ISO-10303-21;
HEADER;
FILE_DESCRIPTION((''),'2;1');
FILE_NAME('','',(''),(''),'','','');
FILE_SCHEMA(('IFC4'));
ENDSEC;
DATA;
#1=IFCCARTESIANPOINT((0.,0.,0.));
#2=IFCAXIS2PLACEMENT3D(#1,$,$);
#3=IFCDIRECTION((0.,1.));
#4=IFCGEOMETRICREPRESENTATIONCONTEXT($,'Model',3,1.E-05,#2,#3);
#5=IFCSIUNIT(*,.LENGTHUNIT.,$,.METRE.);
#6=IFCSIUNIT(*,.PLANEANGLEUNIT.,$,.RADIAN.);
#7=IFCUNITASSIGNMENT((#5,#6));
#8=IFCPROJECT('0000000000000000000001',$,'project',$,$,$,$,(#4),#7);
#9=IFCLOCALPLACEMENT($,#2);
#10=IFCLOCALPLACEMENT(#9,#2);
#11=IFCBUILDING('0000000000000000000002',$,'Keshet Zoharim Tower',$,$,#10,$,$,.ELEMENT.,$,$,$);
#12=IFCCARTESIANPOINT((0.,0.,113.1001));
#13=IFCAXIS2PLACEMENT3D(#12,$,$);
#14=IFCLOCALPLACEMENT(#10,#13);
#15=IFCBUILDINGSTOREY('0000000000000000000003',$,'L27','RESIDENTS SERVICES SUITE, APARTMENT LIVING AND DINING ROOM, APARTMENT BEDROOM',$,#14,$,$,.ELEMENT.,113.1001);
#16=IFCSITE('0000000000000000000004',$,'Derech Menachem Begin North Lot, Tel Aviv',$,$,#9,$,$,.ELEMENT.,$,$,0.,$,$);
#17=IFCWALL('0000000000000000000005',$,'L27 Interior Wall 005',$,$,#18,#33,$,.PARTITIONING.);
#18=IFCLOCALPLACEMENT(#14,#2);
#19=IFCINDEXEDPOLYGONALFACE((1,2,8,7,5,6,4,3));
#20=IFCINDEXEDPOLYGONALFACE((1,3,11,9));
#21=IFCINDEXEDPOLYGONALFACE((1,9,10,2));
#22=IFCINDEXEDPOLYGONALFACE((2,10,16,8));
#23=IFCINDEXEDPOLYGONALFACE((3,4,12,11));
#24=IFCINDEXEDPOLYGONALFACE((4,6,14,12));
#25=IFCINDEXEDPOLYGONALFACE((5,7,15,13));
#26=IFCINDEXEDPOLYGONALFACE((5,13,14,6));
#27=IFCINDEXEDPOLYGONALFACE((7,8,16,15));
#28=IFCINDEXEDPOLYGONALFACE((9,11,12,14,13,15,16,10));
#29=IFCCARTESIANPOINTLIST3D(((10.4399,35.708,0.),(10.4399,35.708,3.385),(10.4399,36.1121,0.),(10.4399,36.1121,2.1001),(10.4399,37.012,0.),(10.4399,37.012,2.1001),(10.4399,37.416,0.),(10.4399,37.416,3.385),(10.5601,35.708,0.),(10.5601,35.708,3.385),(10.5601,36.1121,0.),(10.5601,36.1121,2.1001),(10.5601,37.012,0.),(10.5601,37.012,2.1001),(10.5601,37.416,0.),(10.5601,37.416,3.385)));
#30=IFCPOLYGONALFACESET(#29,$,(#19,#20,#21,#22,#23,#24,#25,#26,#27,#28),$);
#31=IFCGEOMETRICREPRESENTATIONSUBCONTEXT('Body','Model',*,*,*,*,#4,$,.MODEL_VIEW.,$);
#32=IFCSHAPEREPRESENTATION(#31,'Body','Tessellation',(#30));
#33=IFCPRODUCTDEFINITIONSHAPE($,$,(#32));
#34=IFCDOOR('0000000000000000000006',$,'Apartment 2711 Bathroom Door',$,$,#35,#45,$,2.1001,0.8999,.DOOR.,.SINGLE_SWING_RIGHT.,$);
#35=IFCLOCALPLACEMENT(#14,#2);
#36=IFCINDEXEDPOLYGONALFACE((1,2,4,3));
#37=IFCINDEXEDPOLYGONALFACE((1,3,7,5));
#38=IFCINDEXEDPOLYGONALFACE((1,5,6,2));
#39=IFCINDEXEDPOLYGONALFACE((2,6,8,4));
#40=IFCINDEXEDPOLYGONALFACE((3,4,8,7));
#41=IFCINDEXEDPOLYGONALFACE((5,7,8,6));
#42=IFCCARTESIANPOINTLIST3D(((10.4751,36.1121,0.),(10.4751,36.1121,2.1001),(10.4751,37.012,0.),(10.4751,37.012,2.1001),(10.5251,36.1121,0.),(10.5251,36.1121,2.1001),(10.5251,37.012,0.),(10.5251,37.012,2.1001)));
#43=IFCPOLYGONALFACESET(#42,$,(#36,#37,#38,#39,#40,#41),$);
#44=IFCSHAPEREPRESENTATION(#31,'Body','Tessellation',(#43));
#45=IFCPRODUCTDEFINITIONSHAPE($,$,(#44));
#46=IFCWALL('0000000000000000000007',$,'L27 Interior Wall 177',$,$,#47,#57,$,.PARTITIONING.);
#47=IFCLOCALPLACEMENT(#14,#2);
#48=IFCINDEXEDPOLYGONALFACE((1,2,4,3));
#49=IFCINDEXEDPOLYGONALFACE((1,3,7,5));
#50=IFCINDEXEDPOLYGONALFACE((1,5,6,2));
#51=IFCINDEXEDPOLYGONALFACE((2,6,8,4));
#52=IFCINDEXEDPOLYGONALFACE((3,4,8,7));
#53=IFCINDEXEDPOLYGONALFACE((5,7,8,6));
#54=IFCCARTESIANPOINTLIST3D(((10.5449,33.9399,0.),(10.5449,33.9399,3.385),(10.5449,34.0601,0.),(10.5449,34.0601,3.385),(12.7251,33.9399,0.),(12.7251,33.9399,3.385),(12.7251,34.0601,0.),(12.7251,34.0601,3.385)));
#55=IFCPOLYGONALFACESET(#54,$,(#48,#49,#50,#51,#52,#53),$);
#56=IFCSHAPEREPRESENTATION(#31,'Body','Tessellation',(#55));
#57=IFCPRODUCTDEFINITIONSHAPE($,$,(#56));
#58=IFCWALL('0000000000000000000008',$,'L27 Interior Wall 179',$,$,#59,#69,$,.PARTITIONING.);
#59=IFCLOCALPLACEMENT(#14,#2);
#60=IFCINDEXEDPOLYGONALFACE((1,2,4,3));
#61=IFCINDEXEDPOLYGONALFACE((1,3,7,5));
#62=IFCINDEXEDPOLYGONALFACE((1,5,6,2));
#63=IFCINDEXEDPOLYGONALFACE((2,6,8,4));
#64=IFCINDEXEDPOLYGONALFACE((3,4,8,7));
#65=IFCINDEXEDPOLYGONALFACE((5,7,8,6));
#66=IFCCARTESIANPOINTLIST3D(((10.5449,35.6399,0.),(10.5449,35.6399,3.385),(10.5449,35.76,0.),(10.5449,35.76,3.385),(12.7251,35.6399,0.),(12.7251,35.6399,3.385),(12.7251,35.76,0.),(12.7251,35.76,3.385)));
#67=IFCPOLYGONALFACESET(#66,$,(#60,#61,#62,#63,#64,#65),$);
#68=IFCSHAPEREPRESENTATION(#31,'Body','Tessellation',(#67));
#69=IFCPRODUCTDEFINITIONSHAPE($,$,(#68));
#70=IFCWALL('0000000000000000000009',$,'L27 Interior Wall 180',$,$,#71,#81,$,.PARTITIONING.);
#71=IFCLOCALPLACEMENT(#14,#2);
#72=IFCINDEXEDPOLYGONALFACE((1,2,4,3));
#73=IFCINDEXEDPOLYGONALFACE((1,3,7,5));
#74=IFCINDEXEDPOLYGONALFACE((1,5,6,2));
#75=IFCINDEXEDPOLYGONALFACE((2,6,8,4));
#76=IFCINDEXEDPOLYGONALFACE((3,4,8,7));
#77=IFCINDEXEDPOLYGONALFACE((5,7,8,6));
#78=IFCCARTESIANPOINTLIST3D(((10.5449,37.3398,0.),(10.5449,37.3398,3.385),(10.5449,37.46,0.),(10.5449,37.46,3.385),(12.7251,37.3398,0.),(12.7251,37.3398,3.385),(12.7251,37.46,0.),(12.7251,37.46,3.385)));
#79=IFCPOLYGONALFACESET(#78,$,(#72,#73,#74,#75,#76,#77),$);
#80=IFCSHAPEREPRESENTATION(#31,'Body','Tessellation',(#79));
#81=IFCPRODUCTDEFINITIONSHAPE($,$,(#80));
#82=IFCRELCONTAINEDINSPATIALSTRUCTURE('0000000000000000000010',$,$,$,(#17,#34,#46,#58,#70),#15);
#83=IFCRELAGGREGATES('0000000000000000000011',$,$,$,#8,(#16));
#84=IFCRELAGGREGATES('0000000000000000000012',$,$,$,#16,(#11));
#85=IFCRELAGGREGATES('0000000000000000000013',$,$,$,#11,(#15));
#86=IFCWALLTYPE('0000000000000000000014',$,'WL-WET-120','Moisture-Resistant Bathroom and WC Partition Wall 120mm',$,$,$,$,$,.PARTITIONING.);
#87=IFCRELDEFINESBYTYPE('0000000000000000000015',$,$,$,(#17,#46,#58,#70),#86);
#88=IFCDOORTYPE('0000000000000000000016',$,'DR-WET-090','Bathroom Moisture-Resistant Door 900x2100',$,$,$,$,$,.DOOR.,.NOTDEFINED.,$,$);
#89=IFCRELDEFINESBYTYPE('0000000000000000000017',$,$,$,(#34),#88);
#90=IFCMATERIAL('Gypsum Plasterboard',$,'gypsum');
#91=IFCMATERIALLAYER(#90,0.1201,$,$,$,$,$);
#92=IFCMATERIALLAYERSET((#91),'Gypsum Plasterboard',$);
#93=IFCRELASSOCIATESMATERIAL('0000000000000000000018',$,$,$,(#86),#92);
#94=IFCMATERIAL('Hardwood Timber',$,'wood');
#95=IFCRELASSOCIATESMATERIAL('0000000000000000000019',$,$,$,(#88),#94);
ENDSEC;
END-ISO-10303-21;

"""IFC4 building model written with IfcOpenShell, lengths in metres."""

from ifc_helpers import new_model, si_unit, direction, frame, frame_2d, origin, place, context, subcontext, project, spatial, rectangle, extrude, material, layer, layer_set, type_object, element, fill, save


model = new_model("IFC4")

# Units and contexts
model_context = context("Model", 3, precision=1e-05, world=origin(), true_north=direction((0.0, 1.0)))
body_context = subcontext(model_context, "Body", "Model", "MODEL_VIEW")
ifc_project = project(units=[si_unit("LENGTHUNIT", "METRE"), si_unit("PLANEANGLEUNIT", "RADIAN")], contexts=[model_context])

# Site, building, storey
site_placement = place(None, origin())
site = spatial("IfcSite", under=ifc_project, at=site_placement, Name="Derech Menachem Begin North Lot, Tel Aviv", CompositionType="ELEMENT", RefElevation=0.0)
building_placement = place(site_placement, origin())
building = spatial("IfcBuilding", under=site, at=building_placement, Name="Keshet Zoharim Tower", CompositionType="ELEMENT")
storey_placement = place(building_placement, frame((0.0, 0.0, 113.1001)))
storey = spatial("IfcBuildingStorey", under=building, at=storey_placement, Name="L27", Description="RESIDENTS SERVICES SUITE, APARTMENT LIVING AND DINING ROOM, APARTMENT BEDROOM", CompositionType="ELEMENT", Elevation=113.1001)

# Shared definitions
ifc_material_1 = material(Name="Gypsum Plasterboard", Category="gypsum")

# Shared definitions
ifc_material_2 = material(Name="Hardwood Timber", Category="wood")

# Wall, opening, door
ifc_layer_1 = layer(ifc_material_1, 0.1201)
ifc_layer_set_1 = layer_set([ifc_layer_1], Name="Gypsum Plasterboard")
wall_type_1 = type_object("IfcWallType", Name="WL-WET-120", Description="Moisture-Resistant Bathroom and WC Partition Wall 120mm", PredefinedType="PARTITIONING", material=ifc_layer_set_1)
wall_1_placement = place(storey_placement, frame((10.5, 35.708, 0.0), z_axis=(0.0, 0.0, 1.0), x_axis=(0.0, 1.0, 0.0)))
wall_1 = element("IfcWall", 1, at=wall_1_placement, inside=storey, type_object=wall_type_1, Name="L27 Interior Wall 005", PredefinedType="PARTITIONING", context=body_context, shape_type="SweptSolid", body=[
    extrude(rectangle(XDim=1.708, YDim=0.1201, at=frame_2d((0.854, 0.0))), origin(), (0.0, 0.0, 1.0), 3.385),
])
opening_1_placement = place(wall_1_placement, frame((0.4041, 0.0, 0.0)))
opening_1 = element("IfcOpeningElement", 2, at=opening_1_placement, cuts=wall_1, PredefinedType="OPENING", context=body_context, shape_type="SweptSolid", body=[
    extrude(rectangle(XDim=0.8999, YDim=2.1001, at=frame_2d((0.45, 1.05))), frame((0.0, 0.0701, 0.0), z_axis=(0.0, -1.0, 0.0), x_axis=(1.0, 0.0, 0.0)), (0.0, 0.0, 1.0), 0.1401),
])
door_type_1 = type_object("IfcDoorType", Name="DR-WET-090", Description="Bathroom Moisture-Resistant Door 900x2100", OperationType="NOTDEFINED", PredefinedType="DOOR", material=ifc_material_2)
door_1_placement = place(opening_1_placement, origin())
door_1 = element("IfcDoor", 3, at=door_1_placement, inside=storey, type_object=door_type_1, Name="Apartment 2711 Bathroom Door", OperationType="SINGLE_SWING_RIGHT", OverallHeight=2.1001, OverallWidth=0.8999, PredefinedType="DOOR", context=body_context, shape_type="SweptSolid", body=[
    extrude(rectangle(XDim=0.8999, YDim=2.1001, at=frame_2d((0.45, 1.05))), frame((0.0, 0.0249, 0.0), z_axis=(0.0, -1.0, 0.0), x_axis=(1.0, 0.0, 0.0)), (0.0, 0.0, 1.0), 0.05),
])
fill(opening_1, door_1)

# Walls
for number, where, z_axis, x_axis, name in (
    (4, (10.5449, 34.0, 0.0), (0.0, 0.0, 1.0), (1.0, 0.0, 0.0), "L27 Interior Wall 177"),
    (5, (10.5449, 35.7, 0.0), (0.0, 0.0, 1.0), (1.0, 0.0, 0.0), "L27 Interior Wall 179"),
    (6, (10.5449, 37.3999, 0.0), (0.0, 0.0, 1.0), (1.0, 0.0, 0.0), "L27 Interior Wall 180"),
):
    element("IfcWall", number, at=place(storey_placement, frame(where, z_axis=z_axis, x_axis=x_axis)), inside=storey, type_object=wall_type_1, Name=name, PredefinedType="PARTITIONING", context=body_context, shape_type="SweptSolid", body=[
        extrude(rectangle(XDim=2.1802, YDim=0.1201, at=frame_2d((1.0901, 0.0))), origin(), (0.0, 0.0, 1.0), 3.385),
    ])

save(model, "model.ifc")
